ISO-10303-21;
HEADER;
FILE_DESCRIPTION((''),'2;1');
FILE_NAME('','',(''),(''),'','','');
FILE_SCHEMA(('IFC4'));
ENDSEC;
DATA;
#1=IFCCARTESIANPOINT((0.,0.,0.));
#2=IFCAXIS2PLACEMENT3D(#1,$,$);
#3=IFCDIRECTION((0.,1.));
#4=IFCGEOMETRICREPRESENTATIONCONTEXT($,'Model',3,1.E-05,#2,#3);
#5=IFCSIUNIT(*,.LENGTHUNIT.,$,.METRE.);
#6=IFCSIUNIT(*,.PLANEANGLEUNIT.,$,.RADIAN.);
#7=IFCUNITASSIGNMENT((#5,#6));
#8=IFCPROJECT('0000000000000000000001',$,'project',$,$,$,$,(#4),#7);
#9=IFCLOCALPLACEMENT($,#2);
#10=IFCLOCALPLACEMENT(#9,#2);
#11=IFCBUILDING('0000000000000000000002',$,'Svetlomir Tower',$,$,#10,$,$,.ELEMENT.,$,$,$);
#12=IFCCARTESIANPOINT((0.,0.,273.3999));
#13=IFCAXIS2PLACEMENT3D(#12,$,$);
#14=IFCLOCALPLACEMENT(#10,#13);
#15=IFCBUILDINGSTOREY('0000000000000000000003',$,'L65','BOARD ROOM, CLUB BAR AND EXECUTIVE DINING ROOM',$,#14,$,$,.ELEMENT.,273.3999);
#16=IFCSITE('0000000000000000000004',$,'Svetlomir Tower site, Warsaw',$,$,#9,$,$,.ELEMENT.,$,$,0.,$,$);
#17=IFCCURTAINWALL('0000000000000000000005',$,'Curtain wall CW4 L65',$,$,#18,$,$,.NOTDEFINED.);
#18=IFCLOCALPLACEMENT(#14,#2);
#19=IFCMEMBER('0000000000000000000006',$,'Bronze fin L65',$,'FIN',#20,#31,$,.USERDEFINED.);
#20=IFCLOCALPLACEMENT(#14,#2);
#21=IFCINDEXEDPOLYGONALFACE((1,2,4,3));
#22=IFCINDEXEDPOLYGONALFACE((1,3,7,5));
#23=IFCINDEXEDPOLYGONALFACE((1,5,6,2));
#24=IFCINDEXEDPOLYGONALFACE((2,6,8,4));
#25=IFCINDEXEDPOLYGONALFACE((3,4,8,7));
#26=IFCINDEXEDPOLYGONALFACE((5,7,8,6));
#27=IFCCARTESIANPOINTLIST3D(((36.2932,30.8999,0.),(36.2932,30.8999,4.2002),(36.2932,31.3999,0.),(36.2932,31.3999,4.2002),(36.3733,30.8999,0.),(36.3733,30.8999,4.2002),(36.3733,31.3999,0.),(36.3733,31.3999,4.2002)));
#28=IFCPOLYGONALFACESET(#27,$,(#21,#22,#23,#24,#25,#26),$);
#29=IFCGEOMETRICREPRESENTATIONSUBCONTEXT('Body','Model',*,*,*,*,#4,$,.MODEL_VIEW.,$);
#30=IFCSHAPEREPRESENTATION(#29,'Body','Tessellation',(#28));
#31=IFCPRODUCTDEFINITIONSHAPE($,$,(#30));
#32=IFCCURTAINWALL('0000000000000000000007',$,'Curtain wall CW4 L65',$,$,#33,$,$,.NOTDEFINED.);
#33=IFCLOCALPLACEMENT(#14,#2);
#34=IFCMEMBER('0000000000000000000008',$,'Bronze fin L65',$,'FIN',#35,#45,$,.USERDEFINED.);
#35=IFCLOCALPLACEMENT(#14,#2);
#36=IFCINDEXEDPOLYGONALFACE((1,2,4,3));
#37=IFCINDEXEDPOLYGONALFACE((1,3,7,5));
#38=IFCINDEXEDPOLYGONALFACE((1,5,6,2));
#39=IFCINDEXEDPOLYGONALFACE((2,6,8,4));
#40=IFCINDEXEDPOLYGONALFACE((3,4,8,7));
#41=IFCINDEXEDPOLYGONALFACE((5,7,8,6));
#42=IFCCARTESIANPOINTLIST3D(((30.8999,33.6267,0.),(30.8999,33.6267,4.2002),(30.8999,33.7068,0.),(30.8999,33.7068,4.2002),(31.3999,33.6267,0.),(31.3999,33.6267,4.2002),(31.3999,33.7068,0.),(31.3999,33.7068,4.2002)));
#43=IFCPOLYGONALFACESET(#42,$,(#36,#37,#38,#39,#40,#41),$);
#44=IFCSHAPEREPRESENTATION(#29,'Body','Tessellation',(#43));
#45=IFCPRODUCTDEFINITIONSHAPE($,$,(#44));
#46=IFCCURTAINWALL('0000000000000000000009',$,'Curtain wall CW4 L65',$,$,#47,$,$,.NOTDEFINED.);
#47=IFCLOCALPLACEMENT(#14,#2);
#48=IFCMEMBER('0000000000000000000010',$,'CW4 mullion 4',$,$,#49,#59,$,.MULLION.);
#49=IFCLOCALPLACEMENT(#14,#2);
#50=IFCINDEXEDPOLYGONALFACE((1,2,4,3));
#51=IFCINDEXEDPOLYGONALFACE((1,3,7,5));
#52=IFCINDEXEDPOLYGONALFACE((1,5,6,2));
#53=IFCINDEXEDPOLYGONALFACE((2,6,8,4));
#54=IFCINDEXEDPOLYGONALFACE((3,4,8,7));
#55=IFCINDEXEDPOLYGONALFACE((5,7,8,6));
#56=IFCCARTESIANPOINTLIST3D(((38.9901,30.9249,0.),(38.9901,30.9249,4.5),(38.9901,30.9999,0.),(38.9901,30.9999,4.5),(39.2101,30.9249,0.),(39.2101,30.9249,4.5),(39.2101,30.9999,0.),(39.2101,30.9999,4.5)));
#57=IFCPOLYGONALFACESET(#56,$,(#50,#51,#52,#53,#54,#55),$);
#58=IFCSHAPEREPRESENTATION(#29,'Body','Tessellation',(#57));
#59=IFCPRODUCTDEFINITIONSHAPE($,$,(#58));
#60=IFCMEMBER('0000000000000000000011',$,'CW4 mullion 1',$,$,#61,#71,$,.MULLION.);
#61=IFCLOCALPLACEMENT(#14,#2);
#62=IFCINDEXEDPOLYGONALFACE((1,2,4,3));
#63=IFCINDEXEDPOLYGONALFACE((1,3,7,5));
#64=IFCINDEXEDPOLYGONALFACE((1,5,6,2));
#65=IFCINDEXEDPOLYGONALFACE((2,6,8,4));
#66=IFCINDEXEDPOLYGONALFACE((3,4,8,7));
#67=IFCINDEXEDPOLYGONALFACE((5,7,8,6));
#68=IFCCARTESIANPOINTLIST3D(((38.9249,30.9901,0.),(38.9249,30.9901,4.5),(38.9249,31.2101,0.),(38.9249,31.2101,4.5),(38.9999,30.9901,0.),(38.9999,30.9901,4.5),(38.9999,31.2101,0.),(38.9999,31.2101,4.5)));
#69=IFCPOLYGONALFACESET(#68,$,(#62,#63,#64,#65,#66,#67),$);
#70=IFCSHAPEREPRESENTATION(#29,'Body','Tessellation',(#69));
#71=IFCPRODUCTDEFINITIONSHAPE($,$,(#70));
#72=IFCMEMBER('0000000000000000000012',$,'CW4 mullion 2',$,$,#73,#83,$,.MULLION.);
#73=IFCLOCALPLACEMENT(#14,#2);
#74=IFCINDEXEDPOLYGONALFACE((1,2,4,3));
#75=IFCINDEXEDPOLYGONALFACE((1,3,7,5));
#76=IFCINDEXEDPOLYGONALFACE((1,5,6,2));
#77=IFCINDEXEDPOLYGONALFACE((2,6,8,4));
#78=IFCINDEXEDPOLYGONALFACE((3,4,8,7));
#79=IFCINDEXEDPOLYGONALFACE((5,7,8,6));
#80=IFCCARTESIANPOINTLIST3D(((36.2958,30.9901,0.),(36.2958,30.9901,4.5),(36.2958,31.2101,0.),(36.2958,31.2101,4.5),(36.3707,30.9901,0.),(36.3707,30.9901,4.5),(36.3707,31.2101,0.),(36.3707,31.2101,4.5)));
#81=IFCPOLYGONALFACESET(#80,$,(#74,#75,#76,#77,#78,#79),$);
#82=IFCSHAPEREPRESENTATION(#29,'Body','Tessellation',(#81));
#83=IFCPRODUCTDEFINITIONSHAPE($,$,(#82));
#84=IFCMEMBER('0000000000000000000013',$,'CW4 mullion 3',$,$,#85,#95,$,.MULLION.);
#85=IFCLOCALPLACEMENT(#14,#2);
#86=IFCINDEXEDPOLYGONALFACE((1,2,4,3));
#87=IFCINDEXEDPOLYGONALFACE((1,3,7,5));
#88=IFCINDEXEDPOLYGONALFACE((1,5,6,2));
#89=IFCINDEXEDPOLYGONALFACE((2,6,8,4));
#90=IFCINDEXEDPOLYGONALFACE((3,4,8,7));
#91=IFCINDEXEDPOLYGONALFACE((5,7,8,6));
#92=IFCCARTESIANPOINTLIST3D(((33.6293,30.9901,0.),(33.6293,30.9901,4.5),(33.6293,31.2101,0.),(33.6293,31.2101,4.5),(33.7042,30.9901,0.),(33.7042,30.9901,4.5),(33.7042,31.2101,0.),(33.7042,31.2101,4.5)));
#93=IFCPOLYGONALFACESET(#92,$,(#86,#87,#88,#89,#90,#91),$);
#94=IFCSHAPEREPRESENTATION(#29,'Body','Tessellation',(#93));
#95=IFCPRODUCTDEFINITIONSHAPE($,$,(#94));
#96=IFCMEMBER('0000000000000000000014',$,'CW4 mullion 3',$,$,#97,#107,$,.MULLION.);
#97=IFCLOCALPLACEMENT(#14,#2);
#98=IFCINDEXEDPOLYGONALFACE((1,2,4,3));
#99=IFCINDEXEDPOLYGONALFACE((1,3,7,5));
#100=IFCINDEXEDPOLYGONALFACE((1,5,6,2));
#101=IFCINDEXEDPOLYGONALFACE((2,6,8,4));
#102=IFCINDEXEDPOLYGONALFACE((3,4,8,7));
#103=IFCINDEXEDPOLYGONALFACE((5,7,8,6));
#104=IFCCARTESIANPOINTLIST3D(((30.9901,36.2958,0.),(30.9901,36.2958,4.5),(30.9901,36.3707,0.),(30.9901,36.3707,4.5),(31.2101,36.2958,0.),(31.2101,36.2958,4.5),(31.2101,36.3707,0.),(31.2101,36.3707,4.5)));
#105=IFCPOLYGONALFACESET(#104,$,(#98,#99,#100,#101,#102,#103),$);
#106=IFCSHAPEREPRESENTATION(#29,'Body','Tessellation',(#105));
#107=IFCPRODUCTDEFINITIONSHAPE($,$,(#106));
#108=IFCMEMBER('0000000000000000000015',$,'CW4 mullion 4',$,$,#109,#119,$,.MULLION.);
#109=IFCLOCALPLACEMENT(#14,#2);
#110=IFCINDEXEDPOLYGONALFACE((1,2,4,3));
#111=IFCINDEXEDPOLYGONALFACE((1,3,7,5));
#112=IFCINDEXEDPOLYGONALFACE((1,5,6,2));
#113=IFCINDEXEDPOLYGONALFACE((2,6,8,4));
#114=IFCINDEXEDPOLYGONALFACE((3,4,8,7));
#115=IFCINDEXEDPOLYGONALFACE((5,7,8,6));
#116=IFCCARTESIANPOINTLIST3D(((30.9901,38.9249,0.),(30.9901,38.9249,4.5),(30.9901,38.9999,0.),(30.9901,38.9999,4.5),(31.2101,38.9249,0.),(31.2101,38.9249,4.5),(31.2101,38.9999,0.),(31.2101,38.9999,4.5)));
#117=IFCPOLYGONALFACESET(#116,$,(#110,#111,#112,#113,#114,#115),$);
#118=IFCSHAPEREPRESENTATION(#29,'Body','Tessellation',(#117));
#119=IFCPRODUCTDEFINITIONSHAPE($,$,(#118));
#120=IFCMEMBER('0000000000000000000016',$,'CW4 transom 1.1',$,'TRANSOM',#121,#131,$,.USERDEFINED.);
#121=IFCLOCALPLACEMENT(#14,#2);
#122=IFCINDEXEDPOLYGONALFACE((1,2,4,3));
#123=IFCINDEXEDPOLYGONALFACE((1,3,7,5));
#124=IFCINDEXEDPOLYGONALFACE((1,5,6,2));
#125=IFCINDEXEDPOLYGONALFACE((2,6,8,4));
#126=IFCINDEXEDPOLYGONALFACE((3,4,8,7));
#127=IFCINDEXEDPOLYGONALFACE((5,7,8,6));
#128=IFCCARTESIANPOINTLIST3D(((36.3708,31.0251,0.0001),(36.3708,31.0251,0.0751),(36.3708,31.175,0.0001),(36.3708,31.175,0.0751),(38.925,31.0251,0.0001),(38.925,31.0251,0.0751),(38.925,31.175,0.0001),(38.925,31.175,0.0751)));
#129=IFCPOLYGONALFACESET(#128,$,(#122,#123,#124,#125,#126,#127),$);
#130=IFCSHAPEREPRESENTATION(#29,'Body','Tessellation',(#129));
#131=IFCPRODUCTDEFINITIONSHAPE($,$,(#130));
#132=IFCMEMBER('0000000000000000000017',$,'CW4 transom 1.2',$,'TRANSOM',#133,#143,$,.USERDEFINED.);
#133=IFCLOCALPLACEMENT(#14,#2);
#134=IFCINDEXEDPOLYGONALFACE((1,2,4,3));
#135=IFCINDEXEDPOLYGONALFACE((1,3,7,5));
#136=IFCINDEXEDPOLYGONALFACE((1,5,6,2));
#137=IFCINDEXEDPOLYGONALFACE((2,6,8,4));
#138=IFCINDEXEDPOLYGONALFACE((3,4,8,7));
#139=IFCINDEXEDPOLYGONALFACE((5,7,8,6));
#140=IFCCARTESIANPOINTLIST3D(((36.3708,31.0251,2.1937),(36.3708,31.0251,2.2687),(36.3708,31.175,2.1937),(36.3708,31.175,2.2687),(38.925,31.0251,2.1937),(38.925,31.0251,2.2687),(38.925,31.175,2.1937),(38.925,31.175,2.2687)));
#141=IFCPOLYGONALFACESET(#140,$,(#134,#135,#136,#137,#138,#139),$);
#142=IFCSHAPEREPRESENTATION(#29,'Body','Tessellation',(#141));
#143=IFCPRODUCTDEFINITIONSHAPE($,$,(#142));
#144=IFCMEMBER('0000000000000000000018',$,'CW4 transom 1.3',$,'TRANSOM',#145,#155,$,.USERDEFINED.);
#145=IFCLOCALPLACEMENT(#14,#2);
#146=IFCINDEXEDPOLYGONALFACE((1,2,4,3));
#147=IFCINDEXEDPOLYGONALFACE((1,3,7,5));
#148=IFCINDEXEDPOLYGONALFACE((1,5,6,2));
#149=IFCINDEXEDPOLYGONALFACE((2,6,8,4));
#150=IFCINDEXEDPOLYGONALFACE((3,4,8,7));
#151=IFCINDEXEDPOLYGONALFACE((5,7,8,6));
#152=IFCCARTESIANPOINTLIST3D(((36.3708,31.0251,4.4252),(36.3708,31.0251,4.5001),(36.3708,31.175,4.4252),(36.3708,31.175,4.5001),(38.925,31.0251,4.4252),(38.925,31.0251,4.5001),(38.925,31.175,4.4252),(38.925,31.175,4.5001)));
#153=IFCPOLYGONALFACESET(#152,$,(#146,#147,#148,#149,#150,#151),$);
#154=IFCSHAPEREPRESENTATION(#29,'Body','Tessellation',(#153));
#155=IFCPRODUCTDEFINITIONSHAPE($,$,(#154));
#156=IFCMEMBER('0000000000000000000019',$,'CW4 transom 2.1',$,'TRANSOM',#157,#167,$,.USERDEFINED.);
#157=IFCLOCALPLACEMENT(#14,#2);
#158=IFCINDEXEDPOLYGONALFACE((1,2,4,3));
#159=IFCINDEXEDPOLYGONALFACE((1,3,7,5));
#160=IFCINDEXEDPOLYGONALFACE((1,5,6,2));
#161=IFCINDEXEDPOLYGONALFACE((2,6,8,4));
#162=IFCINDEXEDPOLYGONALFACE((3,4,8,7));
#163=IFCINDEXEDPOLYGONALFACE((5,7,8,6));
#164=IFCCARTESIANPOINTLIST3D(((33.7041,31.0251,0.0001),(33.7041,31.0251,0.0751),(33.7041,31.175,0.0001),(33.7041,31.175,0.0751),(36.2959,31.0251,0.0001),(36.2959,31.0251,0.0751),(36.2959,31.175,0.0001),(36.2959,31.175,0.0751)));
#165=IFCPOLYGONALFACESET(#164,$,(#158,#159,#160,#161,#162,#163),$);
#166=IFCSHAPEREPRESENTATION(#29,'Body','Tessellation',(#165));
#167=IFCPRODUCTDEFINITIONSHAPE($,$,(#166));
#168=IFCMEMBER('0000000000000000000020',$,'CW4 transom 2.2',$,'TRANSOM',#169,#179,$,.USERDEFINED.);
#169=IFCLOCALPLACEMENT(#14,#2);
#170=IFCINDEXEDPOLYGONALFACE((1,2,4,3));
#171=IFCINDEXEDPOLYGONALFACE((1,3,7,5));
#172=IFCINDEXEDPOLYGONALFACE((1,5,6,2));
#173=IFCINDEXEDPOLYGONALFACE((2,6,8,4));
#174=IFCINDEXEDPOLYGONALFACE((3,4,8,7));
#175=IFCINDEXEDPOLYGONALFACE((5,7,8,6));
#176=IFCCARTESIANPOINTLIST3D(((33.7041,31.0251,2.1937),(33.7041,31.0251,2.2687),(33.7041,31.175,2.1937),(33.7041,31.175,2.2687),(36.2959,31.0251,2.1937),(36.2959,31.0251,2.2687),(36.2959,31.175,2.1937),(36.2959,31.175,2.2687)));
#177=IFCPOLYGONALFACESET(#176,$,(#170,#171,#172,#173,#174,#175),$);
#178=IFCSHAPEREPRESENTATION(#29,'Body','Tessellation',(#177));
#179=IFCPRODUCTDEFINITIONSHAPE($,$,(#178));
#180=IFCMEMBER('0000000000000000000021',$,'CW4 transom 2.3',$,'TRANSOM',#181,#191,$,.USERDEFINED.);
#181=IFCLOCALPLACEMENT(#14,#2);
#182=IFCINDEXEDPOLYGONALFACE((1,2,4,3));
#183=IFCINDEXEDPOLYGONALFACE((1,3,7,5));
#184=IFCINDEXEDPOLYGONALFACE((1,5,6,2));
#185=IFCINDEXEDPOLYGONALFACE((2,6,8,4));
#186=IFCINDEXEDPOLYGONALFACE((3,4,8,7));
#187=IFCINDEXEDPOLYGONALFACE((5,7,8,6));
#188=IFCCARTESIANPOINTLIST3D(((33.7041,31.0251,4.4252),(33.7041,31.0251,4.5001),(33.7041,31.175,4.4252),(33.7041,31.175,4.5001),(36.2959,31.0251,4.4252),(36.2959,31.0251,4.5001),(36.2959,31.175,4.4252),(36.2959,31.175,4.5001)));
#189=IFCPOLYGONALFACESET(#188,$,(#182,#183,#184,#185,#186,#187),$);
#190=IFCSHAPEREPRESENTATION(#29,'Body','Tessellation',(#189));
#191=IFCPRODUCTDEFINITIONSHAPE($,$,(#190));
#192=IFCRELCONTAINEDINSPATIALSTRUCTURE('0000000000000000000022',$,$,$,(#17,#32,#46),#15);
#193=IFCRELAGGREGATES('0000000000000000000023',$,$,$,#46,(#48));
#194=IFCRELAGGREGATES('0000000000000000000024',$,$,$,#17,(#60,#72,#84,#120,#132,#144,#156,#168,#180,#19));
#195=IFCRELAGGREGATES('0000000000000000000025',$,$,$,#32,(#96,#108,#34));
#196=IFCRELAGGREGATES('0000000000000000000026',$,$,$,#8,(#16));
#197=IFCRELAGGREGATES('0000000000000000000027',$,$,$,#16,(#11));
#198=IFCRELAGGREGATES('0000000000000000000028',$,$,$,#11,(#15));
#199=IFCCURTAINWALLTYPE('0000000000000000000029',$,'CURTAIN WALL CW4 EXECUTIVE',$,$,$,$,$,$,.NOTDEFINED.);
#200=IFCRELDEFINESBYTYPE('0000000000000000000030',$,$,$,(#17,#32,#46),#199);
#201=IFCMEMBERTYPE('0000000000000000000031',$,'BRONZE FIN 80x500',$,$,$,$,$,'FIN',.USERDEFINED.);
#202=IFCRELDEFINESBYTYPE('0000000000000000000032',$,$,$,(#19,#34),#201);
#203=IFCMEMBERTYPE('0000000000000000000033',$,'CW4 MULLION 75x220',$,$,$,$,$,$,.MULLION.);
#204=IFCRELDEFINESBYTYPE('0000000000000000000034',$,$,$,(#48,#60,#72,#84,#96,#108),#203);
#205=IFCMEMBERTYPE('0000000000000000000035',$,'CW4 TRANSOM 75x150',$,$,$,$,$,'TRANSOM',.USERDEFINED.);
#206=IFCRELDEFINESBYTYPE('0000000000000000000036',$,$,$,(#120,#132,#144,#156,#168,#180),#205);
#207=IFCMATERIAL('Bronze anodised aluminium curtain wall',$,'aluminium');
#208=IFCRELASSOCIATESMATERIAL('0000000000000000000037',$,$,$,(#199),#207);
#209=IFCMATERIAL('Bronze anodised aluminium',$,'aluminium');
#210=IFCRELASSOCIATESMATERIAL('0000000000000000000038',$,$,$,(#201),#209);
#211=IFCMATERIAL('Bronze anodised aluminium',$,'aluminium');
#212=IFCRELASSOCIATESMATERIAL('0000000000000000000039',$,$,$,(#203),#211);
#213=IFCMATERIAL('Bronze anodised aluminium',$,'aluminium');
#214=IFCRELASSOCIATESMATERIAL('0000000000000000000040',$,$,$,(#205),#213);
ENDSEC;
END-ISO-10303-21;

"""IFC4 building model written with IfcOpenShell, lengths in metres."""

from ifc_helpers import new_model, si_unit, direction, frame, origin, origin_2d, place, context, subcontext, project, spatial, rectangle, extrude, material, material_profile, profile_set, type_object, element, aggregate, save


model = new_model("IFC4")

# Units and contexts
model_context = context("Model", 3, precision=1e-05, world=origin(), true_north=direction((0.0, 1.0)))
body_context = subcontext(model_context, "Body", "Model", "MODEL_VIEW")
ifc_project = project(units=[si_unit("LENGTHUNIT", "METRE"), si_unit("PLANEANGLEUNIT", "RADIAN")], contexts=[model_context])

# Site, building, storey
site_placement = place(None, origin())
site = spatial("IfcSite", under=ifc_project, at=site_placement, Name="Svetlomir Tower site, Warsaw", CompositionType="ELEMENT", RefElevation=0.0)
building_placement = place(site_placement, origin())
building = spatial("IfcBuilding", under=site, at=building_placement, Name="Svetlomir Tower", CompositionType="ELEMENT")
storey_placement = place(building_placement, frame((0.0, 0.0, 273.3999)))
storey = spatial("IfcBuildingStorey", under=building, at=storey_placement, Name="L65", Description="BOARD ROOM, CLUB BAR AND EXECUTIVE DINING ROOM", CompositionType="ELEMENT", Elevation=273.3999)

# Curtain walls, members
ifc_material_1 = material(Name="Bronze anodised aluminium curtain wall", Category="aluminium")
curtain_wall_type = type_object("IfcCurtainWallType", Name="CURTAIN WALL CW4 EXECUTIVE", PredefinedType="NOTDEFINED", material=ifc_material_1)
curtain_wall_1_placement = place(storey_placement, origin())
curtain_wall_1 = element("IfcCurtainWall", 1, at=curtain_wall_1_placement, inside=storey, type_object=curtain_wall_type, Name="Curtain wall CW4 L65", PredefinedType="NOTDEFINED")
ifc_material_2 = material(Name="Bronze anodised aluminium", Category="aluminium")
ifc_material_profile_1 = material_profile(ifc_material_2, rectangle(XDim=0.0801, YDim=0.5, at=origin_2d()), Name="FIN 80x500")
ifc_profile_set_1 = profile_set([ifc_material_profile_1], Name="Bronze anodised aluminium 6063-T6")
member_type_1 = type_object("IfcMemberType", Name="BRONZE FIN 80x500", ElementType="FIN", PredefinedType="USERDEFINED", material=ifc_profile_set_1)
member_1_placement = place(storey_placement, frame((36.3333, 31.1499, 0.0), z_axis=(0.0, 0.0, 1.0), x_axis=(1.0, 0.0, 0.0)))
member_1 = element("IfcMember", 2, at=member_1_placement, type_object=member_type_1, Name="Bronze fin L65", ObjectType="FIN", PredefinedType="USERDEFINED", context=body_context, shape_type="SweptSolid", body=[
    extrude(rectangle(XDim=0.0801, YDim=0.5, at=origin_2d()), origin(), (0.0, 0.0, 1.0), 4.2002),
])
curtain_wall_2_placement = place(storey_placement, origin())
curtain_wall_2 = element("IfcCurtainWall", 3, at=curtain_wall_2_placement, inside=storey, type_object=curtain_wall_type, Name="Curtain wall CW4 L65", PredefinedType="NOTDEFINED")
member_2_placement = place(storey_placement, frame((31.1499, 33.6667, 0.0), z_axis=(0.0, 0.0, 1.0), x_axis=(0.0, 1.0, 0.0)))
member_2 = element("IfcMember", 4, at=member_2_placement, type_object=member_type_1, Name="Bronze fin L65", ObjectType="FIN", PredefinedType="USERDEFINED", context=body_context, shape_type="SweptSolid", body=[
    extrude(rectangle(XDim=0.0801, YDim=0.5, at=origin_2d()), origin(), (0.0, 0.0, 1.0), 4.2002),
])
curtain_wall_3_placement = place(storey_placement, origin())
curtain_wall_3 = element("IfcCurtainWall", 5, at=curtain_wall_3_placement, inside=storey, type_object=curtain_wall_type, Name="Curtain wall CW4 L65", PredefinedType="NOTDEFINED")
ifc_material_3 = material(Name="Bronze anodised aluminium", Category="aluminium")
ifc_material_profile_2 = material_profile(ifc_material_3, rectangle(XDim=0.075, YDim=0.22, at=origin_2d()), Name="AL 75x220")
ifc_profile_set_2 = profile_set([ifc_material_profile_2], Name="Bronze anodised aluminium 6063-T6")
member_type_2 = type_object("IfcMemberType", Name="CW4 MULLION 75x220", PredefinedType="MULLION", material=ifc_profile_set_2)
member_3_placement = place(storey_placement, frame((39.1001, 30.9624, 0.0), z_axis=(0.0, 0.0, 1.0), x_axis=(0.0, 1.0, 0.0)))
member_3 = element("IfcMember", 6, at=member_3_placement, type_object=member_type_2, Name="CW4 mullion 4", PredefinedType="MULLION", context=body_context, shape_type="SweptSolid", body=[
    extrude(rectangle(XDim=0.075, YDim=0.22, at=origin_2d()), origin(), (0.0, 0.0, 1.0), 4.5),
])
aggregate(curtain_wall_3, [member_3])

# Members
member_4_placement = place(storey_placement, frame((38.9624, 31.1001, 0.0), z_axis=(0.0, 0.0, 1.0), x_axis=(-1.0, 0.0, 0.0)))
member_4 = element("IfcMember", 7, at=member_4_placement, type_object=member_type_2, Name="CW4 mullion 1", PredefinedType="MULLION", context=body_context, shape_type="SweptSolid", body=[
    extrude(rectangle(XDim=0.075, YDim=0.22, at=origin_2d()), origin(), (0.0, 0.0, 1.0), 4.5),
])
member_5_placement = place(storey_placement, frame((36.3333, 31.1001, 0.0), z_axis=(0.0, 0.0, 1.0), x_axis=(-1.0, 0.0, 0.0)))
member_5 = element("IfcMember", 8, at=member_5_placement, type_object=member_type_2, Name="CW4 mullion 2", PredefinedType="MULLION", context=body_context, shape_type="SweptSolid", body=[
    extrude(rectangle(XDim=0.075, YDim=0.22, at=origin_2d()), origin(), (0.0, 0.0, 1.0), 4.5),
])
member_6_placement = place(storey_placement, frame((33.6667, 31.1001, 0.0), z_axis=(0.0, 0.0, 1.0), x_axis=(-1.0, 0.0, 0.0)))
member_6 = element("IfcMember", 9, at=member_6_placement, type_object=member_type_2, Name="CW4 mullion 3", PredefinedType="MULLION", context=body_context, shape_type="SweptSolid", body=[
    extrude(rectangle(XDim=0.075, YDim=0.22, at=origin_2d()), origin(), (0.0, 0.0, 1.0), 4.5),
])
member_7_placement = place(storey_placement, frame((31.1001, 36.3333, 0.0), z_axis=(0.0, 0.0, 1.0), x_axis=(0.0, 1.0, 0.0)))
member_7 = element("IfcMember", 10, at=member_7_placement, type_object=member_type_2, Name="CW4 mullion 3", PredefinedType="MULLION", context=body_context, shape_type="SweptSolid", body=[
    extrude(rectangle(XDim=0.075, YDim=0.22, at=origin_2d()), origin(), (0.0, 0.0, 1.0), 4.5),
])
member_8_placement = place(storey_placement, frame((31.1001, 38.9624, 0.0), z_axis=(0.0, 0.0, 1.0), x_axis=(0.0, 1.0, 0.0)))
member_8 = element("IfcMember", 11, at=member_8_placement, type_object=member_type_2, Name="CW4 mullion 4", PredefinedType="MULLION", context=body_context, shape_type="SweptSolid", body=[
    extrude(rectangle(XDim=0.075, YDim=0.22, at=origin_2d()), origin(), (0.0, 0.0, 1.0), 4.5),
])
ifc_material_4 = material(Name="Bronze anodised aluminium", Category="aluminium")
ifc_material_profile_3 = material_profile(ifc_material_4, rectangle(XDim=0.1499, YDim=0.075, at=origin_2d()), Name="AL 150x75")
ifc_profile_set_3 = profile_set([ifc_material_profile_3], Name="Bronze anodised aluminium 6063-T6")
member_type_3 = type_object("IfcMemberType", Name="CW4 TRANSOM 75x150", ElementType="TRANSOM", PredefinedType="USERDEFINED", material=ifc_profile_set_3)
member_9_placement = place(storey_placement, frame((38.925, 31.1001, 0.0376), z_axis=(-1.0, 0.0, 0.0), x_axis=(0.0, -1.0, 0.0)))
member_9 = element("IfcMember", 12, at=member_9_placement, type_object=member_type_3, Name="CW4 transom 1.1", ObjectType="TRANSOM", PredefinedType="USERDEFINED", context=body_context, shape_type="SweptSolid", body=[
    extrude(rectangle(XDim=0.1499, YDim=0.075, at=origin_2d()), origin(), (0.0, 0.0, 1.0), 2.5542),
])
member_10_placement = place(storey_placement, frame((38.925, 31.1001, 2.2312), z_axis=(-1.0, 0.0, 0.0), x_axis=(0.0, -1.0, 0.0)))
member_10 = element("IfcMember", 13, at=member_10_placement, type_object=member_type_3, Name="CW4 transom 1.2", ObjectType="TRANSOM", PredefinedType="USERDEFINED", context=body_context, shape_type="SweptSolid", body=[
    extrude(rectangle(XDim=0.1499, YDim=0.075, at=origin_2d()), origin(), (0.0, 0.0, 1.0), 2.5542),
])
member_11_placement = place(storey_placement, frame((38.925, 31.1001, 4.4626), z_axis=(-1.0, 0.0, 0.0), x_axis=(0.0, -1.0, 0.0)))
member_11 = element("IfcMember", 14, at=member_11_placement, type_object=member_type_3, Name="CW4 transom 1.3", ObjectType="TRANSOM", PredefinedType="USERDEFINED", context=body_context, shape_type="SweptSolid", body=[
    extrude(rectangle(XDim=0.1499, YDim=0.075, at=origin_2d()), origin(), (0.0, 0.0, 1.0), 2.5542),
])
member_12_placement = place(storey_placement, frame((36.2959, 31.1001, 0.0376), z_axis=(-1.0, 0.0, 0.0), x_axis=(0.0, -1.0, 0.0)))
member_12 = element("IfcMember", 15, at=member_12_placement, type_object=member_type_3, Name="CW4 transom 2.1", ObjectType="TRANSOM", PredefinedType="USERDEFINED", context=body_context, shape_type="SweptSolid", body=[
    extrude(rectangle(XDim=0.1499, YDim=0.075, at=origin_2d()), origin(), (0.0, 0.0, 1.0), 2.5918),
])
member_13_placement = place(storey_placement, frame((36.2959, 31.1001, 2.2312), z_axis=(-1.0, 0.0, 0.0), x_axis=(0.0, -1.0, 0.0)))
member_13 = element("IfcMember", 16, at=member_13_placement, type_object=member_type_3, Name="CW4 transom 2.2", ObjectType="TRANSOM", PredefinedType="USERDEFINED", context=body_context, shape_type="SweptSolid", body=[
    extrude(rectangle(XDim=0.1499, YDim=0.075, at=origin_2d()), origin(), (0.0, 0.0, 1.0), 2.5918),
])
member_14_placement = place(storey_placement, frame((36.2959, 31.1001, 4.4626), z_axis=(-1.0, 0.0, 0.0), x_axis=(0.0, -1.0, 0.0)))
member_14 = element("IfcMember", 17, at=member_14_placement, type_object=member_type_3, Name="CW4 transom 2.3", ObjectType="TRANSOM", PredefinedType="USERDEFINED", context=body_context, shape_type="SweptSolid", body=[
    extrude(rectangle(XDim=0.1499, YDim=0.075, at=origin_2d()), origin(), (0.0, 0.0, 1.0), 2.5918),
])

aggregate(curtain_wall_1, [member_4, member_5, member_6, member_9, member_10, member_11, member_12, member_13, member_14, member_1])
aggregate(curtain_wall_2, [member_7, member_8, member_2])

save(model, "model.ifc")
